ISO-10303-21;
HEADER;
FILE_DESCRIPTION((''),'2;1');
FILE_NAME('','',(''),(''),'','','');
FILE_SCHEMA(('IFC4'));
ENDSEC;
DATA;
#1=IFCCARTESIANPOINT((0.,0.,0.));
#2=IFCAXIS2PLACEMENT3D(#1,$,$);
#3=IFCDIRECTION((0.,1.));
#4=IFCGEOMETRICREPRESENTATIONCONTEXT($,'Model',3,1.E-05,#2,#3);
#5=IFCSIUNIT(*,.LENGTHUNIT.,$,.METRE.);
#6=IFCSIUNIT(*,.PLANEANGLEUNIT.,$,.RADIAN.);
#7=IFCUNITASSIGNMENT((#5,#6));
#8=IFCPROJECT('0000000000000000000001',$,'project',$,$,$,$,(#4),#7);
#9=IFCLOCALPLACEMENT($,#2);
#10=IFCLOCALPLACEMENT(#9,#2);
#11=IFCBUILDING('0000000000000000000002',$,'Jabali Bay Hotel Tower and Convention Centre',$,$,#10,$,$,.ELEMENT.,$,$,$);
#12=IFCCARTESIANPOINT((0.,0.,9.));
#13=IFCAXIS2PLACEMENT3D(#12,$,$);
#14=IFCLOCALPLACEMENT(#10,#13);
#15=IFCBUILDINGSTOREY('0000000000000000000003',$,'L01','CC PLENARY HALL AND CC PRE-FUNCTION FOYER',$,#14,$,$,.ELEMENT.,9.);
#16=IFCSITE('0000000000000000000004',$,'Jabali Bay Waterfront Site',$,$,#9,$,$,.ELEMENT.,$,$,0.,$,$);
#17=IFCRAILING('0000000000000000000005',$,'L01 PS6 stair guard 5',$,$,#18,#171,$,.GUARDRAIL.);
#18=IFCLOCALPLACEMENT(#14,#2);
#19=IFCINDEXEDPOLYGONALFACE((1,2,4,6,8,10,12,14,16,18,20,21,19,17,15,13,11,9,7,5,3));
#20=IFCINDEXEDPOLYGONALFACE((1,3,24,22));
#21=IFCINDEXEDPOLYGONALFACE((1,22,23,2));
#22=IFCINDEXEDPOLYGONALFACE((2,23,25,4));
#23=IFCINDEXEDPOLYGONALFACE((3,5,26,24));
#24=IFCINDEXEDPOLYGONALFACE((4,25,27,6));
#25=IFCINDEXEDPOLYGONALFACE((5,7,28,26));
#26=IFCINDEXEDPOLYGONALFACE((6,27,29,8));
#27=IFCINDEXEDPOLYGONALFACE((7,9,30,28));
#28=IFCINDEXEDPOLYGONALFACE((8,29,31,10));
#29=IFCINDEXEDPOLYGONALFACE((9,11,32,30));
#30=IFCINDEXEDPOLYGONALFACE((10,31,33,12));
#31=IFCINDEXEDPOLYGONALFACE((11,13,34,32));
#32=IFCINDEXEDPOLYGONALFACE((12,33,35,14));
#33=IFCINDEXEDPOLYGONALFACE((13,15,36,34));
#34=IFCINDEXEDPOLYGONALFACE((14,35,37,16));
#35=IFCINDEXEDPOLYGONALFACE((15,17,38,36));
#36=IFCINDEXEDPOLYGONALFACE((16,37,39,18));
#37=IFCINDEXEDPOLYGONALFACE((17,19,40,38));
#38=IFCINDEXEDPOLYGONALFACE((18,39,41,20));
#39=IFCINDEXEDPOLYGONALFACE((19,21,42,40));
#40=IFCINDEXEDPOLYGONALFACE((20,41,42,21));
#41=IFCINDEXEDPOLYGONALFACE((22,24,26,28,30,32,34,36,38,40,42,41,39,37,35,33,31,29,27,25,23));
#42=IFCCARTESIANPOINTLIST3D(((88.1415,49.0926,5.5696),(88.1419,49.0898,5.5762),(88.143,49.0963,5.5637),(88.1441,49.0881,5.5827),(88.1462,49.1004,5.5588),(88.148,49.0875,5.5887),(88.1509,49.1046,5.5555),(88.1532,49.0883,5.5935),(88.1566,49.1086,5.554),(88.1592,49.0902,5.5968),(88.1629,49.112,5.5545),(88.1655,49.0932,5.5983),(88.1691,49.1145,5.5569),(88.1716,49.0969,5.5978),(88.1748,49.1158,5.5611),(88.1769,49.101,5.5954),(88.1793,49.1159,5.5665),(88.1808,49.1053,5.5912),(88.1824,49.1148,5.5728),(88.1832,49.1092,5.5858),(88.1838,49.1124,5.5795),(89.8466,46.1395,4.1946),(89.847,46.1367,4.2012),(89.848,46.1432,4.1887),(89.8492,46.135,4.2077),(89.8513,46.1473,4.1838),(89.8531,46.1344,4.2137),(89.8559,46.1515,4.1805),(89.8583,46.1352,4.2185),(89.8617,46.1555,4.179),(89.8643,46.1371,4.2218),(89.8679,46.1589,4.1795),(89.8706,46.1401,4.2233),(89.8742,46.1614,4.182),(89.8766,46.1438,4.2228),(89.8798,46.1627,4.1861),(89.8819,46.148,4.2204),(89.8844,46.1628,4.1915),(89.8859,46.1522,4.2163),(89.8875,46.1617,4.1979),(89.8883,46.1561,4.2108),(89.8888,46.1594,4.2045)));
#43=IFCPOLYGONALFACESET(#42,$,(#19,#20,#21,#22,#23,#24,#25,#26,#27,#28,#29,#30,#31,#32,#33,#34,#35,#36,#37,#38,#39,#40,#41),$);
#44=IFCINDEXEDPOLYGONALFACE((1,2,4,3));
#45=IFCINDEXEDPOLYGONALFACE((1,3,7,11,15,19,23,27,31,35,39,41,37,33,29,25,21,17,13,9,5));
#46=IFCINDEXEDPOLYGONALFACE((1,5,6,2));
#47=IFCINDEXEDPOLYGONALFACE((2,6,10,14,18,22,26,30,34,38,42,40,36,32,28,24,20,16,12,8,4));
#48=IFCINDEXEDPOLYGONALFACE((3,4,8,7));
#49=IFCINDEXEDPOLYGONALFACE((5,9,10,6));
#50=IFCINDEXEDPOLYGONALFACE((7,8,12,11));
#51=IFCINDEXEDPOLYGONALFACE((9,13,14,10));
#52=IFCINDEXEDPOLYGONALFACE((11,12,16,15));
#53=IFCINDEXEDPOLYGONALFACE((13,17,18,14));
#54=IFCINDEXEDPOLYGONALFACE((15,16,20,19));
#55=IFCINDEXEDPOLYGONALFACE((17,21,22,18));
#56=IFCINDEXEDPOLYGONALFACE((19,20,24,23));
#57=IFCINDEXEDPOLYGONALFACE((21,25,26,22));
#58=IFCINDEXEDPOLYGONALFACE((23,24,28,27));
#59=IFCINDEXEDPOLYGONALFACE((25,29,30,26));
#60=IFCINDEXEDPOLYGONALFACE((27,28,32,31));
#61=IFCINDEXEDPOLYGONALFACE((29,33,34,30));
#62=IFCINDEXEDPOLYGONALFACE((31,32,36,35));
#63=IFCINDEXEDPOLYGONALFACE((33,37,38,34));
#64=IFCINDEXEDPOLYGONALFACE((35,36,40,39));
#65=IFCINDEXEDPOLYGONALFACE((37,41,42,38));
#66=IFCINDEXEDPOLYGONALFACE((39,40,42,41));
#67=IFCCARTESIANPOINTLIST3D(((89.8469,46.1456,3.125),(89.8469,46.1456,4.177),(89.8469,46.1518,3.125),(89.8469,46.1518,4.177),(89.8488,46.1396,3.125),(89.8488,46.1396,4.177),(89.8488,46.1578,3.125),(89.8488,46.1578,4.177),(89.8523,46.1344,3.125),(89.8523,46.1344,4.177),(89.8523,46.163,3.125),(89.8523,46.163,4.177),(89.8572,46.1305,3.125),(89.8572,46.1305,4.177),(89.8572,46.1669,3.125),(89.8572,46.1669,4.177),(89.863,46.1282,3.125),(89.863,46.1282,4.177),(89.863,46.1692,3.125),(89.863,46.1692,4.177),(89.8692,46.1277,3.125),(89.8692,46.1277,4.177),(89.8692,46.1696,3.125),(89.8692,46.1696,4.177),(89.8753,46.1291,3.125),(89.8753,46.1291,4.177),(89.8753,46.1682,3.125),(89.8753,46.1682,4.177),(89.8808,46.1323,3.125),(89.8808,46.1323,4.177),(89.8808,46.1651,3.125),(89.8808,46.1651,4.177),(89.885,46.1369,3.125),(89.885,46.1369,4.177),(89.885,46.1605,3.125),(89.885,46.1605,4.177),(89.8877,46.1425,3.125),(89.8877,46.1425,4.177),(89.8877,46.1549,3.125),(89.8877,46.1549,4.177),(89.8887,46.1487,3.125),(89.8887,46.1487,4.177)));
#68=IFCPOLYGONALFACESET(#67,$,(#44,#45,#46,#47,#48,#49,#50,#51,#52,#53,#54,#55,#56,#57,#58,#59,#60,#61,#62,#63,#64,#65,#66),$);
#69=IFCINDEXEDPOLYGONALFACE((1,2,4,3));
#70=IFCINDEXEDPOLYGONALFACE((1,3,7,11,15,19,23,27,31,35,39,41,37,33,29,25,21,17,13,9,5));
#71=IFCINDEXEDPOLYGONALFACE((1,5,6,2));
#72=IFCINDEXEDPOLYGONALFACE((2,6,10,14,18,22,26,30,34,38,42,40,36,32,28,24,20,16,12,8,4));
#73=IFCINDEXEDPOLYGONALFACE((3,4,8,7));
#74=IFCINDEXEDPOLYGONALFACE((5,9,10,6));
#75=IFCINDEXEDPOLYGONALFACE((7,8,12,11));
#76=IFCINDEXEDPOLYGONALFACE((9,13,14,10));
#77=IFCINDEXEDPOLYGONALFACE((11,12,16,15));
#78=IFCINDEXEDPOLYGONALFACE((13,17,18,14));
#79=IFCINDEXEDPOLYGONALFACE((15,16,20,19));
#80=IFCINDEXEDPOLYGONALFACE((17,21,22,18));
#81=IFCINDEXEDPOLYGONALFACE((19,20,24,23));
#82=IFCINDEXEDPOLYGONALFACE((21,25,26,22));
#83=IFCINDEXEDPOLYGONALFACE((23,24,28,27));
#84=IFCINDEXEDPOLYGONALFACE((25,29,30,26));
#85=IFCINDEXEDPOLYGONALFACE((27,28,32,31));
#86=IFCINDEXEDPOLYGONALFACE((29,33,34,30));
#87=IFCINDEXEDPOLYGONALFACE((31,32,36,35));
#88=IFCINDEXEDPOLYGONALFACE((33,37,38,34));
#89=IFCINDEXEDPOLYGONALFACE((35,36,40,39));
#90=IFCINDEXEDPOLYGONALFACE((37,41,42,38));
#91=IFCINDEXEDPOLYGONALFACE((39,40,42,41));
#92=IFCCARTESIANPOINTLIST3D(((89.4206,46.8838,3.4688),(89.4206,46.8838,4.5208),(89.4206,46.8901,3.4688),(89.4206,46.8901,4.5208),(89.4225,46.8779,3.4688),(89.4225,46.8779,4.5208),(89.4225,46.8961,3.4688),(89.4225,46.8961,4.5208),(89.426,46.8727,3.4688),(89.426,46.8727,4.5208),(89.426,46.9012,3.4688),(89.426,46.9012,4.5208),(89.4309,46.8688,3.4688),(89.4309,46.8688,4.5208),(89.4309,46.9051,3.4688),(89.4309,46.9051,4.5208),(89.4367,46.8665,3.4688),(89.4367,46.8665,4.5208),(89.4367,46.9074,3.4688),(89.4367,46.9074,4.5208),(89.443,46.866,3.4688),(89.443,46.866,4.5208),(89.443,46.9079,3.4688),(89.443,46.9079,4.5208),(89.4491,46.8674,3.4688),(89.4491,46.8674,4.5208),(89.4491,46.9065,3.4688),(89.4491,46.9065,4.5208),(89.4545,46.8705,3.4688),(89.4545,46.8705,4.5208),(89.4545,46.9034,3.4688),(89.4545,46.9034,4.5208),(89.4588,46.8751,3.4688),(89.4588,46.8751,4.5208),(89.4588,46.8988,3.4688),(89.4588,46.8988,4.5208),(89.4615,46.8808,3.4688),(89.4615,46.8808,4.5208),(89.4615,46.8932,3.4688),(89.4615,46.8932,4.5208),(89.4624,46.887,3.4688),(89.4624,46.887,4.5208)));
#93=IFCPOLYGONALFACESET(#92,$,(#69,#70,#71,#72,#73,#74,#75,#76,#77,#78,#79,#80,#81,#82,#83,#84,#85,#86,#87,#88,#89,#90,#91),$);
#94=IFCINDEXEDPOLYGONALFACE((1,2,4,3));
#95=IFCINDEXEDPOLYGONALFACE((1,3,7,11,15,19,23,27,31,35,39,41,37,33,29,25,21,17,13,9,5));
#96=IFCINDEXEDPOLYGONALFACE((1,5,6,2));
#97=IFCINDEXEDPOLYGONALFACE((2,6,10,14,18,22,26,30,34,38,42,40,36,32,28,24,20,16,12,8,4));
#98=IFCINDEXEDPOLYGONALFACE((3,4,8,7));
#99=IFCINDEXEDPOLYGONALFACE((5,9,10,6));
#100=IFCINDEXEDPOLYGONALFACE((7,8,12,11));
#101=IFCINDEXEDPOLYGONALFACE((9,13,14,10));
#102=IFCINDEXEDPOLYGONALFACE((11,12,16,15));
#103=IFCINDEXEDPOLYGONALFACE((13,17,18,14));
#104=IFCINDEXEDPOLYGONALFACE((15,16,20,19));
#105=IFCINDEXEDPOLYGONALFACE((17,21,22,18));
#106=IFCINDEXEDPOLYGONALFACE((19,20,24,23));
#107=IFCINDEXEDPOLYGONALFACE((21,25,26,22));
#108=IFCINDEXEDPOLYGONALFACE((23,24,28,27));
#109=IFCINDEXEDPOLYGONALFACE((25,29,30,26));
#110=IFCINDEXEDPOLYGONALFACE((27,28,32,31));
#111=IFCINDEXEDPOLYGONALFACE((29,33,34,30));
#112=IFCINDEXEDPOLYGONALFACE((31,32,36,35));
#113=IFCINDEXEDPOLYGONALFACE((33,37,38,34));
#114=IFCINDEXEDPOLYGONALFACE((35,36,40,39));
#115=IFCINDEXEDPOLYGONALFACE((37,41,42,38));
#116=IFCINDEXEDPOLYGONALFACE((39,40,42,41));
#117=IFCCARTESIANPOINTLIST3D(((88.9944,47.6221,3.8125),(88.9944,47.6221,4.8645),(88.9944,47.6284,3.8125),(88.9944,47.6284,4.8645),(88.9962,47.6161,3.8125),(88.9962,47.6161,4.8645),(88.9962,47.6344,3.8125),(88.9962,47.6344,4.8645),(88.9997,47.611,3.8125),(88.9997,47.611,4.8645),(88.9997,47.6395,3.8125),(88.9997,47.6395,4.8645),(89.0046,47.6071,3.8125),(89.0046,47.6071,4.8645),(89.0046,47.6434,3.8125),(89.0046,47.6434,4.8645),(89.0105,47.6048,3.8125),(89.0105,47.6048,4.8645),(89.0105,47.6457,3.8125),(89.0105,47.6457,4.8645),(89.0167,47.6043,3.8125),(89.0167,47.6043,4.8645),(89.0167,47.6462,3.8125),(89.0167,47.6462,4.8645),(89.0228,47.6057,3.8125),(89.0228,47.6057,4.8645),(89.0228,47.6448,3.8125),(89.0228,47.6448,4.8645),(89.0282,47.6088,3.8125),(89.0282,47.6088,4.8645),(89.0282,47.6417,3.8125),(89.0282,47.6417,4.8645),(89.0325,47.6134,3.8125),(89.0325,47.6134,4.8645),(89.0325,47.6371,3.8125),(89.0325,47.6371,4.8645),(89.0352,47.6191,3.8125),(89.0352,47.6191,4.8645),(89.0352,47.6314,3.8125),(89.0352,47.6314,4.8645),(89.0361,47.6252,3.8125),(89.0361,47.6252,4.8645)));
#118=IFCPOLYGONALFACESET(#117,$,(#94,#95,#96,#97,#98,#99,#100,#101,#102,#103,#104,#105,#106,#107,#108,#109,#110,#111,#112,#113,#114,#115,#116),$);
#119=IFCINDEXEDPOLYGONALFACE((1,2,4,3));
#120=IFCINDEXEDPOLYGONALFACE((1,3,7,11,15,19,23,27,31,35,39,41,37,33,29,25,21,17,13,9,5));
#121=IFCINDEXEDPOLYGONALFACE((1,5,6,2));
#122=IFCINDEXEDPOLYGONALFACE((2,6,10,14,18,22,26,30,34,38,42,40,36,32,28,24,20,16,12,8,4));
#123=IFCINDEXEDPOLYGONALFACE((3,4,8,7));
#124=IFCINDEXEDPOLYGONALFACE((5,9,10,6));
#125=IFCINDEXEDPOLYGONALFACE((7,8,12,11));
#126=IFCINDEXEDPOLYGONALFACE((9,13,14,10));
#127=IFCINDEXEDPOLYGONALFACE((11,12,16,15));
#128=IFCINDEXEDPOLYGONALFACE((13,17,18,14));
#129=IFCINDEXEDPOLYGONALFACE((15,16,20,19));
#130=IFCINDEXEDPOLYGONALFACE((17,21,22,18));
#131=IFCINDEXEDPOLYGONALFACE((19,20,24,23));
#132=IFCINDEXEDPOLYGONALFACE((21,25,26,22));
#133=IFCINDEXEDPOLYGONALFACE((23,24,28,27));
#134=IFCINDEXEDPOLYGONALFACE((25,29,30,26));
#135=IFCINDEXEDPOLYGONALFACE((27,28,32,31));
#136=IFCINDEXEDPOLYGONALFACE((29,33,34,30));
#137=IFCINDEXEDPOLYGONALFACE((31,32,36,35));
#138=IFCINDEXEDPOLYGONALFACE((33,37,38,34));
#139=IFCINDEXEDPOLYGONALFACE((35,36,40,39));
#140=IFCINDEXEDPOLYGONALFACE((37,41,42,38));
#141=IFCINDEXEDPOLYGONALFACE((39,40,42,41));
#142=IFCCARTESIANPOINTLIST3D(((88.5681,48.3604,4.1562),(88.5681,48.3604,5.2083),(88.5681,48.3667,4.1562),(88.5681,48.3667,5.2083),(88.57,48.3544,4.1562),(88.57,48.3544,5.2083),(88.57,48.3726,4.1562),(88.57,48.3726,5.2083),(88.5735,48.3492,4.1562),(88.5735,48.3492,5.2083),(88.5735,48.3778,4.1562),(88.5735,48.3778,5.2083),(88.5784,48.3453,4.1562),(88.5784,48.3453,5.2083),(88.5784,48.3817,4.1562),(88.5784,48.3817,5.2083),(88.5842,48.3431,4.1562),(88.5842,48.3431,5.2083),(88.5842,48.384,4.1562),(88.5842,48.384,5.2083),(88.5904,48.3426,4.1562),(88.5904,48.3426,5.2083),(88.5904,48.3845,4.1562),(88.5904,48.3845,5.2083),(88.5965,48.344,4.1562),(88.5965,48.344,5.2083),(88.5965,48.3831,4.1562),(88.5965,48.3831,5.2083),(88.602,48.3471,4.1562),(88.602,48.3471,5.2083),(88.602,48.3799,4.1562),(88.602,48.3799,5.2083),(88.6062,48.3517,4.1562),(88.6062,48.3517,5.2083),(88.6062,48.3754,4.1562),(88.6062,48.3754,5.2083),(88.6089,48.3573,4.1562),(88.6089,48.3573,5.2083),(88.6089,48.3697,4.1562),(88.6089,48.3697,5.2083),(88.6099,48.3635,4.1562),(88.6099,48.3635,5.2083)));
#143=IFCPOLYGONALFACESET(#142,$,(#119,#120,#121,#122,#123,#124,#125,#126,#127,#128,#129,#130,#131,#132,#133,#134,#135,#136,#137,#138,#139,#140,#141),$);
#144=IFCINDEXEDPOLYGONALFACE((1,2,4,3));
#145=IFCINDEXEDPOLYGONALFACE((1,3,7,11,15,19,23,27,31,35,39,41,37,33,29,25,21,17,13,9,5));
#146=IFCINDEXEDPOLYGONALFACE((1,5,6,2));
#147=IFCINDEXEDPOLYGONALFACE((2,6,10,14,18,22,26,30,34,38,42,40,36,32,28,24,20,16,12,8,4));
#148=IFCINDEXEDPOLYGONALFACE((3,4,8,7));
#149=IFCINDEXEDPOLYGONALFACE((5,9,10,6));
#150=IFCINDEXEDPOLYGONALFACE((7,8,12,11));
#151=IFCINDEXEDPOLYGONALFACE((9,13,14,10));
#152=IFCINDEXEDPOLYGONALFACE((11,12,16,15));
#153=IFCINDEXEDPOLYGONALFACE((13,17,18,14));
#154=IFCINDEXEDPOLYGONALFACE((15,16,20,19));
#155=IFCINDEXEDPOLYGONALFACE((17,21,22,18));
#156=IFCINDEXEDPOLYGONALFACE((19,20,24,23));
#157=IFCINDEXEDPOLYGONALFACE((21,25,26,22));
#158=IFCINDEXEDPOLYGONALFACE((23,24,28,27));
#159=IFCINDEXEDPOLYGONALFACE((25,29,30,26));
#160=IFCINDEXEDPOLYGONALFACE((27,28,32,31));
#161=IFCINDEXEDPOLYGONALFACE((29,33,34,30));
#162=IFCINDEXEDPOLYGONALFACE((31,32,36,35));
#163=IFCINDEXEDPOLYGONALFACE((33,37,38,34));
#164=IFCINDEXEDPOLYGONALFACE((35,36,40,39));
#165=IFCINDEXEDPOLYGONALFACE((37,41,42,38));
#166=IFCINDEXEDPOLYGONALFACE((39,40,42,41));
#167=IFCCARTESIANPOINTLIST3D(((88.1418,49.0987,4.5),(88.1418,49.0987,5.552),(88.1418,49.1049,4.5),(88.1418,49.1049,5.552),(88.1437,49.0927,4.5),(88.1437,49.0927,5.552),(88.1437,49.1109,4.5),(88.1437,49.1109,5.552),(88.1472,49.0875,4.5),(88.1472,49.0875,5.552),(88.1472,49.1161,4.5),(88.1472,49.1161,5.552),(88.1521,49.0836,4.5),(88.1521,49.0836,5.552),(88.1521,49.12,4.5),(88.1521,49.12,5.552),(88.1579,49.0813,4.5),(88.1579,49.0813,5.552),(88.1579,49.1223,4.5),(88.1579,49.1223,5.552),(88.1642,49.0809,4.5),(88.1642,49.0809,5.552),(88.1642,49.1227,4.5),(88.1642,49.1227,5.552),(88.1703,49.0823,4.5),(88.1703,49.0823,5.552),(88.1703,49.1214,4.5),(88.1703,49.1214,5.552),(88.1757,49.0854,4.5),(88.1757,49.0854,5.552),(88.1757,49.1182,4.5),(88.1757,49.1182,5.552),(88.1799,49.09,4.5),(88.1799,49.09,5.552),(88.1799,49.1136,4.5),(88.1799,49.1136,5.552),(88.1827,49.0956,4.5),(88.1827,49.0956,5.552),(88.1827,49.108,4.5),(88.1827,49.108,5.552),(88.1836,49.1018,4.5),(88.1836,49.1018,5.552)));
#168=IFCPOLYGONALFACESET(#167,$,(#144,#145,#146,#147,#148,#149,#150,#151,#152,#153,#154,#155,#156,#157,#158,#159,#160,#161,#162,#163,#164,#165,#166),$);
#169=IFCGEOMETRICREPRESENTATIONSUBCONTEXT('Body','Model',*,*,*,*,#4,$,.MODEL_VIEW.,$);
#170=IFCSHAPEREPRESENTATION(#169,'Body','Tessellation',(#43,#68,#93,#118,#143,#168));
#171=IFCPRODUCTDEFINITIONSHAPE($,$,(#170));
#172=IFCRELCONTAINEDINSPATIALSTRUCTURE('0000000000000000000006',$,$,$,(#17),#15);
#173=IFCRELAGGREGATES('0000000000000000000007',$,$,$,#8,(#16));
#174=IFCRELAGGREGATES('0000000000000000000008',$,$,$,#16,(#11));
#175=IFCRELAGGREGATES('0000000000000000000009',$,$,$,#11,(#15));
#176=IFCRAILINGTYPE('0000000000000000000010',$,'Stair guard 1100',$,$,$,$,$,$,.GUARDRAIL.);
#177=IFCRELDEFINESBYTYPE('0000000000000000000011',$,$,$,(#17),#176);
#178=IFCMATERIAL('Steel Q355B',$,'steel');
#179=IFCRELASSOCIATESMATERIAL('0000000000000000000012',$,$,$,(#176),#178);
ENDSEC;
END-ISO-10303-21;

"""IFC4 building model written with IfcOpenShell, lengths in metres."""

from ifc_helpers import new_model, si_unit, direction, frame, origin, origin_2d, place, context, subcontext, project, spatial, circle, extrude, material, type_object, element, save


model = new_model("IFC4")

# Units and contexts
model_context = context("Model", 3, precision=1e-05, world=origin(), true_north=direction((0.0, 1.0)))
body_context = subcontext(model_context, "Body", "Model", "MODEL_VIEW")
ifc_project = project(units=[si_unit("LENGTHUNIT", "METRE"), si_unit("PLANEANGLEUNIT", "RADIAN")], contexts=[model_context])

# Site, building, storey
site_placement = place(None, origin())
site = spatial("IfcSite", under=ifc_project, at=site_placement, Name="Jabali Bay Waterfront Site", CompositionType="ELEMENT", RefElevation=0.0)
building_placement = place(site_placement, origin())
building = spatial("IfcBuilding", under=site, at=building_placement, Name="Jabali Bay Hotel Tower and Convention Centre", CompositionType="ELEMENT")
storey_placement = place(building_placement, frame((0.0, 0.0, 9.0)))
storey = spatial("IfcBuildingStorey", under=building, at=storey_placement, Name="L01", Description="CC PLENARY HALL AND CC PRE-FUNCTION FOYER", CompositionType="ELEMENT", Elevation=9.0)

# Railing
ifc_material_1 = material(Name="Steel Q355B", Category="steel")
railing_type_1 = type_object("IfcRailingType", Name="Stair guard 1100", PredefinedType="GUARDRAIL", material=ifc_material_1)
railing_1_placement = place(storey_placement, frame((89.8677, 46.1487, 3.125)))
element("IfcRailing", 1, at=railing_1_placement, inside=storey, type_object=railing_type_1, Name="L01 PS6 stair guard 5", PredefinedType="GUARDRAIL", context=body_context, shape_type="SweptSolid", body=[
    extrude(circle(Radius=0.0239, at=origin_2d()), frame((0.0, 0.0, 1.0762), z_axis=(-0.46374, 0.803178, 0.373966), x_axis=(-0.866014, -0.50002, 0.0)), (0.0, 0.0, 1.0), 3.6768),
    extrude(circle(Radius=0.021, at=origin_2d()), origin(), (0.0, 0.0, 1.0), 1.052),
    extrude(circle(Radius=0.021, at=origin_2d()), frame((-0.4263, 0.7383, 0.3438)), (0.0, 0.0, 1.0), 1.052),
    extrude(circle(Radius=0.021, at=origin_2d()), frame((-0.8525, 1.4766, 0.6875)), (0.0, 0.0, 1.0), 1.052),
    extrude(circle(Radius=0.021, at=origin_2d()), frame((-1.2788, 2.2148, 1.0312)), (0.0, 0.0, 1.0), 1.052),
    extrude(circle(Radius=0.021, at=origin_2d()), frame((-1.7051, 2.9531, 1.375)), (0.0, 0.0, 1.0), 1.052),
])

save(model, "model.ifc")
